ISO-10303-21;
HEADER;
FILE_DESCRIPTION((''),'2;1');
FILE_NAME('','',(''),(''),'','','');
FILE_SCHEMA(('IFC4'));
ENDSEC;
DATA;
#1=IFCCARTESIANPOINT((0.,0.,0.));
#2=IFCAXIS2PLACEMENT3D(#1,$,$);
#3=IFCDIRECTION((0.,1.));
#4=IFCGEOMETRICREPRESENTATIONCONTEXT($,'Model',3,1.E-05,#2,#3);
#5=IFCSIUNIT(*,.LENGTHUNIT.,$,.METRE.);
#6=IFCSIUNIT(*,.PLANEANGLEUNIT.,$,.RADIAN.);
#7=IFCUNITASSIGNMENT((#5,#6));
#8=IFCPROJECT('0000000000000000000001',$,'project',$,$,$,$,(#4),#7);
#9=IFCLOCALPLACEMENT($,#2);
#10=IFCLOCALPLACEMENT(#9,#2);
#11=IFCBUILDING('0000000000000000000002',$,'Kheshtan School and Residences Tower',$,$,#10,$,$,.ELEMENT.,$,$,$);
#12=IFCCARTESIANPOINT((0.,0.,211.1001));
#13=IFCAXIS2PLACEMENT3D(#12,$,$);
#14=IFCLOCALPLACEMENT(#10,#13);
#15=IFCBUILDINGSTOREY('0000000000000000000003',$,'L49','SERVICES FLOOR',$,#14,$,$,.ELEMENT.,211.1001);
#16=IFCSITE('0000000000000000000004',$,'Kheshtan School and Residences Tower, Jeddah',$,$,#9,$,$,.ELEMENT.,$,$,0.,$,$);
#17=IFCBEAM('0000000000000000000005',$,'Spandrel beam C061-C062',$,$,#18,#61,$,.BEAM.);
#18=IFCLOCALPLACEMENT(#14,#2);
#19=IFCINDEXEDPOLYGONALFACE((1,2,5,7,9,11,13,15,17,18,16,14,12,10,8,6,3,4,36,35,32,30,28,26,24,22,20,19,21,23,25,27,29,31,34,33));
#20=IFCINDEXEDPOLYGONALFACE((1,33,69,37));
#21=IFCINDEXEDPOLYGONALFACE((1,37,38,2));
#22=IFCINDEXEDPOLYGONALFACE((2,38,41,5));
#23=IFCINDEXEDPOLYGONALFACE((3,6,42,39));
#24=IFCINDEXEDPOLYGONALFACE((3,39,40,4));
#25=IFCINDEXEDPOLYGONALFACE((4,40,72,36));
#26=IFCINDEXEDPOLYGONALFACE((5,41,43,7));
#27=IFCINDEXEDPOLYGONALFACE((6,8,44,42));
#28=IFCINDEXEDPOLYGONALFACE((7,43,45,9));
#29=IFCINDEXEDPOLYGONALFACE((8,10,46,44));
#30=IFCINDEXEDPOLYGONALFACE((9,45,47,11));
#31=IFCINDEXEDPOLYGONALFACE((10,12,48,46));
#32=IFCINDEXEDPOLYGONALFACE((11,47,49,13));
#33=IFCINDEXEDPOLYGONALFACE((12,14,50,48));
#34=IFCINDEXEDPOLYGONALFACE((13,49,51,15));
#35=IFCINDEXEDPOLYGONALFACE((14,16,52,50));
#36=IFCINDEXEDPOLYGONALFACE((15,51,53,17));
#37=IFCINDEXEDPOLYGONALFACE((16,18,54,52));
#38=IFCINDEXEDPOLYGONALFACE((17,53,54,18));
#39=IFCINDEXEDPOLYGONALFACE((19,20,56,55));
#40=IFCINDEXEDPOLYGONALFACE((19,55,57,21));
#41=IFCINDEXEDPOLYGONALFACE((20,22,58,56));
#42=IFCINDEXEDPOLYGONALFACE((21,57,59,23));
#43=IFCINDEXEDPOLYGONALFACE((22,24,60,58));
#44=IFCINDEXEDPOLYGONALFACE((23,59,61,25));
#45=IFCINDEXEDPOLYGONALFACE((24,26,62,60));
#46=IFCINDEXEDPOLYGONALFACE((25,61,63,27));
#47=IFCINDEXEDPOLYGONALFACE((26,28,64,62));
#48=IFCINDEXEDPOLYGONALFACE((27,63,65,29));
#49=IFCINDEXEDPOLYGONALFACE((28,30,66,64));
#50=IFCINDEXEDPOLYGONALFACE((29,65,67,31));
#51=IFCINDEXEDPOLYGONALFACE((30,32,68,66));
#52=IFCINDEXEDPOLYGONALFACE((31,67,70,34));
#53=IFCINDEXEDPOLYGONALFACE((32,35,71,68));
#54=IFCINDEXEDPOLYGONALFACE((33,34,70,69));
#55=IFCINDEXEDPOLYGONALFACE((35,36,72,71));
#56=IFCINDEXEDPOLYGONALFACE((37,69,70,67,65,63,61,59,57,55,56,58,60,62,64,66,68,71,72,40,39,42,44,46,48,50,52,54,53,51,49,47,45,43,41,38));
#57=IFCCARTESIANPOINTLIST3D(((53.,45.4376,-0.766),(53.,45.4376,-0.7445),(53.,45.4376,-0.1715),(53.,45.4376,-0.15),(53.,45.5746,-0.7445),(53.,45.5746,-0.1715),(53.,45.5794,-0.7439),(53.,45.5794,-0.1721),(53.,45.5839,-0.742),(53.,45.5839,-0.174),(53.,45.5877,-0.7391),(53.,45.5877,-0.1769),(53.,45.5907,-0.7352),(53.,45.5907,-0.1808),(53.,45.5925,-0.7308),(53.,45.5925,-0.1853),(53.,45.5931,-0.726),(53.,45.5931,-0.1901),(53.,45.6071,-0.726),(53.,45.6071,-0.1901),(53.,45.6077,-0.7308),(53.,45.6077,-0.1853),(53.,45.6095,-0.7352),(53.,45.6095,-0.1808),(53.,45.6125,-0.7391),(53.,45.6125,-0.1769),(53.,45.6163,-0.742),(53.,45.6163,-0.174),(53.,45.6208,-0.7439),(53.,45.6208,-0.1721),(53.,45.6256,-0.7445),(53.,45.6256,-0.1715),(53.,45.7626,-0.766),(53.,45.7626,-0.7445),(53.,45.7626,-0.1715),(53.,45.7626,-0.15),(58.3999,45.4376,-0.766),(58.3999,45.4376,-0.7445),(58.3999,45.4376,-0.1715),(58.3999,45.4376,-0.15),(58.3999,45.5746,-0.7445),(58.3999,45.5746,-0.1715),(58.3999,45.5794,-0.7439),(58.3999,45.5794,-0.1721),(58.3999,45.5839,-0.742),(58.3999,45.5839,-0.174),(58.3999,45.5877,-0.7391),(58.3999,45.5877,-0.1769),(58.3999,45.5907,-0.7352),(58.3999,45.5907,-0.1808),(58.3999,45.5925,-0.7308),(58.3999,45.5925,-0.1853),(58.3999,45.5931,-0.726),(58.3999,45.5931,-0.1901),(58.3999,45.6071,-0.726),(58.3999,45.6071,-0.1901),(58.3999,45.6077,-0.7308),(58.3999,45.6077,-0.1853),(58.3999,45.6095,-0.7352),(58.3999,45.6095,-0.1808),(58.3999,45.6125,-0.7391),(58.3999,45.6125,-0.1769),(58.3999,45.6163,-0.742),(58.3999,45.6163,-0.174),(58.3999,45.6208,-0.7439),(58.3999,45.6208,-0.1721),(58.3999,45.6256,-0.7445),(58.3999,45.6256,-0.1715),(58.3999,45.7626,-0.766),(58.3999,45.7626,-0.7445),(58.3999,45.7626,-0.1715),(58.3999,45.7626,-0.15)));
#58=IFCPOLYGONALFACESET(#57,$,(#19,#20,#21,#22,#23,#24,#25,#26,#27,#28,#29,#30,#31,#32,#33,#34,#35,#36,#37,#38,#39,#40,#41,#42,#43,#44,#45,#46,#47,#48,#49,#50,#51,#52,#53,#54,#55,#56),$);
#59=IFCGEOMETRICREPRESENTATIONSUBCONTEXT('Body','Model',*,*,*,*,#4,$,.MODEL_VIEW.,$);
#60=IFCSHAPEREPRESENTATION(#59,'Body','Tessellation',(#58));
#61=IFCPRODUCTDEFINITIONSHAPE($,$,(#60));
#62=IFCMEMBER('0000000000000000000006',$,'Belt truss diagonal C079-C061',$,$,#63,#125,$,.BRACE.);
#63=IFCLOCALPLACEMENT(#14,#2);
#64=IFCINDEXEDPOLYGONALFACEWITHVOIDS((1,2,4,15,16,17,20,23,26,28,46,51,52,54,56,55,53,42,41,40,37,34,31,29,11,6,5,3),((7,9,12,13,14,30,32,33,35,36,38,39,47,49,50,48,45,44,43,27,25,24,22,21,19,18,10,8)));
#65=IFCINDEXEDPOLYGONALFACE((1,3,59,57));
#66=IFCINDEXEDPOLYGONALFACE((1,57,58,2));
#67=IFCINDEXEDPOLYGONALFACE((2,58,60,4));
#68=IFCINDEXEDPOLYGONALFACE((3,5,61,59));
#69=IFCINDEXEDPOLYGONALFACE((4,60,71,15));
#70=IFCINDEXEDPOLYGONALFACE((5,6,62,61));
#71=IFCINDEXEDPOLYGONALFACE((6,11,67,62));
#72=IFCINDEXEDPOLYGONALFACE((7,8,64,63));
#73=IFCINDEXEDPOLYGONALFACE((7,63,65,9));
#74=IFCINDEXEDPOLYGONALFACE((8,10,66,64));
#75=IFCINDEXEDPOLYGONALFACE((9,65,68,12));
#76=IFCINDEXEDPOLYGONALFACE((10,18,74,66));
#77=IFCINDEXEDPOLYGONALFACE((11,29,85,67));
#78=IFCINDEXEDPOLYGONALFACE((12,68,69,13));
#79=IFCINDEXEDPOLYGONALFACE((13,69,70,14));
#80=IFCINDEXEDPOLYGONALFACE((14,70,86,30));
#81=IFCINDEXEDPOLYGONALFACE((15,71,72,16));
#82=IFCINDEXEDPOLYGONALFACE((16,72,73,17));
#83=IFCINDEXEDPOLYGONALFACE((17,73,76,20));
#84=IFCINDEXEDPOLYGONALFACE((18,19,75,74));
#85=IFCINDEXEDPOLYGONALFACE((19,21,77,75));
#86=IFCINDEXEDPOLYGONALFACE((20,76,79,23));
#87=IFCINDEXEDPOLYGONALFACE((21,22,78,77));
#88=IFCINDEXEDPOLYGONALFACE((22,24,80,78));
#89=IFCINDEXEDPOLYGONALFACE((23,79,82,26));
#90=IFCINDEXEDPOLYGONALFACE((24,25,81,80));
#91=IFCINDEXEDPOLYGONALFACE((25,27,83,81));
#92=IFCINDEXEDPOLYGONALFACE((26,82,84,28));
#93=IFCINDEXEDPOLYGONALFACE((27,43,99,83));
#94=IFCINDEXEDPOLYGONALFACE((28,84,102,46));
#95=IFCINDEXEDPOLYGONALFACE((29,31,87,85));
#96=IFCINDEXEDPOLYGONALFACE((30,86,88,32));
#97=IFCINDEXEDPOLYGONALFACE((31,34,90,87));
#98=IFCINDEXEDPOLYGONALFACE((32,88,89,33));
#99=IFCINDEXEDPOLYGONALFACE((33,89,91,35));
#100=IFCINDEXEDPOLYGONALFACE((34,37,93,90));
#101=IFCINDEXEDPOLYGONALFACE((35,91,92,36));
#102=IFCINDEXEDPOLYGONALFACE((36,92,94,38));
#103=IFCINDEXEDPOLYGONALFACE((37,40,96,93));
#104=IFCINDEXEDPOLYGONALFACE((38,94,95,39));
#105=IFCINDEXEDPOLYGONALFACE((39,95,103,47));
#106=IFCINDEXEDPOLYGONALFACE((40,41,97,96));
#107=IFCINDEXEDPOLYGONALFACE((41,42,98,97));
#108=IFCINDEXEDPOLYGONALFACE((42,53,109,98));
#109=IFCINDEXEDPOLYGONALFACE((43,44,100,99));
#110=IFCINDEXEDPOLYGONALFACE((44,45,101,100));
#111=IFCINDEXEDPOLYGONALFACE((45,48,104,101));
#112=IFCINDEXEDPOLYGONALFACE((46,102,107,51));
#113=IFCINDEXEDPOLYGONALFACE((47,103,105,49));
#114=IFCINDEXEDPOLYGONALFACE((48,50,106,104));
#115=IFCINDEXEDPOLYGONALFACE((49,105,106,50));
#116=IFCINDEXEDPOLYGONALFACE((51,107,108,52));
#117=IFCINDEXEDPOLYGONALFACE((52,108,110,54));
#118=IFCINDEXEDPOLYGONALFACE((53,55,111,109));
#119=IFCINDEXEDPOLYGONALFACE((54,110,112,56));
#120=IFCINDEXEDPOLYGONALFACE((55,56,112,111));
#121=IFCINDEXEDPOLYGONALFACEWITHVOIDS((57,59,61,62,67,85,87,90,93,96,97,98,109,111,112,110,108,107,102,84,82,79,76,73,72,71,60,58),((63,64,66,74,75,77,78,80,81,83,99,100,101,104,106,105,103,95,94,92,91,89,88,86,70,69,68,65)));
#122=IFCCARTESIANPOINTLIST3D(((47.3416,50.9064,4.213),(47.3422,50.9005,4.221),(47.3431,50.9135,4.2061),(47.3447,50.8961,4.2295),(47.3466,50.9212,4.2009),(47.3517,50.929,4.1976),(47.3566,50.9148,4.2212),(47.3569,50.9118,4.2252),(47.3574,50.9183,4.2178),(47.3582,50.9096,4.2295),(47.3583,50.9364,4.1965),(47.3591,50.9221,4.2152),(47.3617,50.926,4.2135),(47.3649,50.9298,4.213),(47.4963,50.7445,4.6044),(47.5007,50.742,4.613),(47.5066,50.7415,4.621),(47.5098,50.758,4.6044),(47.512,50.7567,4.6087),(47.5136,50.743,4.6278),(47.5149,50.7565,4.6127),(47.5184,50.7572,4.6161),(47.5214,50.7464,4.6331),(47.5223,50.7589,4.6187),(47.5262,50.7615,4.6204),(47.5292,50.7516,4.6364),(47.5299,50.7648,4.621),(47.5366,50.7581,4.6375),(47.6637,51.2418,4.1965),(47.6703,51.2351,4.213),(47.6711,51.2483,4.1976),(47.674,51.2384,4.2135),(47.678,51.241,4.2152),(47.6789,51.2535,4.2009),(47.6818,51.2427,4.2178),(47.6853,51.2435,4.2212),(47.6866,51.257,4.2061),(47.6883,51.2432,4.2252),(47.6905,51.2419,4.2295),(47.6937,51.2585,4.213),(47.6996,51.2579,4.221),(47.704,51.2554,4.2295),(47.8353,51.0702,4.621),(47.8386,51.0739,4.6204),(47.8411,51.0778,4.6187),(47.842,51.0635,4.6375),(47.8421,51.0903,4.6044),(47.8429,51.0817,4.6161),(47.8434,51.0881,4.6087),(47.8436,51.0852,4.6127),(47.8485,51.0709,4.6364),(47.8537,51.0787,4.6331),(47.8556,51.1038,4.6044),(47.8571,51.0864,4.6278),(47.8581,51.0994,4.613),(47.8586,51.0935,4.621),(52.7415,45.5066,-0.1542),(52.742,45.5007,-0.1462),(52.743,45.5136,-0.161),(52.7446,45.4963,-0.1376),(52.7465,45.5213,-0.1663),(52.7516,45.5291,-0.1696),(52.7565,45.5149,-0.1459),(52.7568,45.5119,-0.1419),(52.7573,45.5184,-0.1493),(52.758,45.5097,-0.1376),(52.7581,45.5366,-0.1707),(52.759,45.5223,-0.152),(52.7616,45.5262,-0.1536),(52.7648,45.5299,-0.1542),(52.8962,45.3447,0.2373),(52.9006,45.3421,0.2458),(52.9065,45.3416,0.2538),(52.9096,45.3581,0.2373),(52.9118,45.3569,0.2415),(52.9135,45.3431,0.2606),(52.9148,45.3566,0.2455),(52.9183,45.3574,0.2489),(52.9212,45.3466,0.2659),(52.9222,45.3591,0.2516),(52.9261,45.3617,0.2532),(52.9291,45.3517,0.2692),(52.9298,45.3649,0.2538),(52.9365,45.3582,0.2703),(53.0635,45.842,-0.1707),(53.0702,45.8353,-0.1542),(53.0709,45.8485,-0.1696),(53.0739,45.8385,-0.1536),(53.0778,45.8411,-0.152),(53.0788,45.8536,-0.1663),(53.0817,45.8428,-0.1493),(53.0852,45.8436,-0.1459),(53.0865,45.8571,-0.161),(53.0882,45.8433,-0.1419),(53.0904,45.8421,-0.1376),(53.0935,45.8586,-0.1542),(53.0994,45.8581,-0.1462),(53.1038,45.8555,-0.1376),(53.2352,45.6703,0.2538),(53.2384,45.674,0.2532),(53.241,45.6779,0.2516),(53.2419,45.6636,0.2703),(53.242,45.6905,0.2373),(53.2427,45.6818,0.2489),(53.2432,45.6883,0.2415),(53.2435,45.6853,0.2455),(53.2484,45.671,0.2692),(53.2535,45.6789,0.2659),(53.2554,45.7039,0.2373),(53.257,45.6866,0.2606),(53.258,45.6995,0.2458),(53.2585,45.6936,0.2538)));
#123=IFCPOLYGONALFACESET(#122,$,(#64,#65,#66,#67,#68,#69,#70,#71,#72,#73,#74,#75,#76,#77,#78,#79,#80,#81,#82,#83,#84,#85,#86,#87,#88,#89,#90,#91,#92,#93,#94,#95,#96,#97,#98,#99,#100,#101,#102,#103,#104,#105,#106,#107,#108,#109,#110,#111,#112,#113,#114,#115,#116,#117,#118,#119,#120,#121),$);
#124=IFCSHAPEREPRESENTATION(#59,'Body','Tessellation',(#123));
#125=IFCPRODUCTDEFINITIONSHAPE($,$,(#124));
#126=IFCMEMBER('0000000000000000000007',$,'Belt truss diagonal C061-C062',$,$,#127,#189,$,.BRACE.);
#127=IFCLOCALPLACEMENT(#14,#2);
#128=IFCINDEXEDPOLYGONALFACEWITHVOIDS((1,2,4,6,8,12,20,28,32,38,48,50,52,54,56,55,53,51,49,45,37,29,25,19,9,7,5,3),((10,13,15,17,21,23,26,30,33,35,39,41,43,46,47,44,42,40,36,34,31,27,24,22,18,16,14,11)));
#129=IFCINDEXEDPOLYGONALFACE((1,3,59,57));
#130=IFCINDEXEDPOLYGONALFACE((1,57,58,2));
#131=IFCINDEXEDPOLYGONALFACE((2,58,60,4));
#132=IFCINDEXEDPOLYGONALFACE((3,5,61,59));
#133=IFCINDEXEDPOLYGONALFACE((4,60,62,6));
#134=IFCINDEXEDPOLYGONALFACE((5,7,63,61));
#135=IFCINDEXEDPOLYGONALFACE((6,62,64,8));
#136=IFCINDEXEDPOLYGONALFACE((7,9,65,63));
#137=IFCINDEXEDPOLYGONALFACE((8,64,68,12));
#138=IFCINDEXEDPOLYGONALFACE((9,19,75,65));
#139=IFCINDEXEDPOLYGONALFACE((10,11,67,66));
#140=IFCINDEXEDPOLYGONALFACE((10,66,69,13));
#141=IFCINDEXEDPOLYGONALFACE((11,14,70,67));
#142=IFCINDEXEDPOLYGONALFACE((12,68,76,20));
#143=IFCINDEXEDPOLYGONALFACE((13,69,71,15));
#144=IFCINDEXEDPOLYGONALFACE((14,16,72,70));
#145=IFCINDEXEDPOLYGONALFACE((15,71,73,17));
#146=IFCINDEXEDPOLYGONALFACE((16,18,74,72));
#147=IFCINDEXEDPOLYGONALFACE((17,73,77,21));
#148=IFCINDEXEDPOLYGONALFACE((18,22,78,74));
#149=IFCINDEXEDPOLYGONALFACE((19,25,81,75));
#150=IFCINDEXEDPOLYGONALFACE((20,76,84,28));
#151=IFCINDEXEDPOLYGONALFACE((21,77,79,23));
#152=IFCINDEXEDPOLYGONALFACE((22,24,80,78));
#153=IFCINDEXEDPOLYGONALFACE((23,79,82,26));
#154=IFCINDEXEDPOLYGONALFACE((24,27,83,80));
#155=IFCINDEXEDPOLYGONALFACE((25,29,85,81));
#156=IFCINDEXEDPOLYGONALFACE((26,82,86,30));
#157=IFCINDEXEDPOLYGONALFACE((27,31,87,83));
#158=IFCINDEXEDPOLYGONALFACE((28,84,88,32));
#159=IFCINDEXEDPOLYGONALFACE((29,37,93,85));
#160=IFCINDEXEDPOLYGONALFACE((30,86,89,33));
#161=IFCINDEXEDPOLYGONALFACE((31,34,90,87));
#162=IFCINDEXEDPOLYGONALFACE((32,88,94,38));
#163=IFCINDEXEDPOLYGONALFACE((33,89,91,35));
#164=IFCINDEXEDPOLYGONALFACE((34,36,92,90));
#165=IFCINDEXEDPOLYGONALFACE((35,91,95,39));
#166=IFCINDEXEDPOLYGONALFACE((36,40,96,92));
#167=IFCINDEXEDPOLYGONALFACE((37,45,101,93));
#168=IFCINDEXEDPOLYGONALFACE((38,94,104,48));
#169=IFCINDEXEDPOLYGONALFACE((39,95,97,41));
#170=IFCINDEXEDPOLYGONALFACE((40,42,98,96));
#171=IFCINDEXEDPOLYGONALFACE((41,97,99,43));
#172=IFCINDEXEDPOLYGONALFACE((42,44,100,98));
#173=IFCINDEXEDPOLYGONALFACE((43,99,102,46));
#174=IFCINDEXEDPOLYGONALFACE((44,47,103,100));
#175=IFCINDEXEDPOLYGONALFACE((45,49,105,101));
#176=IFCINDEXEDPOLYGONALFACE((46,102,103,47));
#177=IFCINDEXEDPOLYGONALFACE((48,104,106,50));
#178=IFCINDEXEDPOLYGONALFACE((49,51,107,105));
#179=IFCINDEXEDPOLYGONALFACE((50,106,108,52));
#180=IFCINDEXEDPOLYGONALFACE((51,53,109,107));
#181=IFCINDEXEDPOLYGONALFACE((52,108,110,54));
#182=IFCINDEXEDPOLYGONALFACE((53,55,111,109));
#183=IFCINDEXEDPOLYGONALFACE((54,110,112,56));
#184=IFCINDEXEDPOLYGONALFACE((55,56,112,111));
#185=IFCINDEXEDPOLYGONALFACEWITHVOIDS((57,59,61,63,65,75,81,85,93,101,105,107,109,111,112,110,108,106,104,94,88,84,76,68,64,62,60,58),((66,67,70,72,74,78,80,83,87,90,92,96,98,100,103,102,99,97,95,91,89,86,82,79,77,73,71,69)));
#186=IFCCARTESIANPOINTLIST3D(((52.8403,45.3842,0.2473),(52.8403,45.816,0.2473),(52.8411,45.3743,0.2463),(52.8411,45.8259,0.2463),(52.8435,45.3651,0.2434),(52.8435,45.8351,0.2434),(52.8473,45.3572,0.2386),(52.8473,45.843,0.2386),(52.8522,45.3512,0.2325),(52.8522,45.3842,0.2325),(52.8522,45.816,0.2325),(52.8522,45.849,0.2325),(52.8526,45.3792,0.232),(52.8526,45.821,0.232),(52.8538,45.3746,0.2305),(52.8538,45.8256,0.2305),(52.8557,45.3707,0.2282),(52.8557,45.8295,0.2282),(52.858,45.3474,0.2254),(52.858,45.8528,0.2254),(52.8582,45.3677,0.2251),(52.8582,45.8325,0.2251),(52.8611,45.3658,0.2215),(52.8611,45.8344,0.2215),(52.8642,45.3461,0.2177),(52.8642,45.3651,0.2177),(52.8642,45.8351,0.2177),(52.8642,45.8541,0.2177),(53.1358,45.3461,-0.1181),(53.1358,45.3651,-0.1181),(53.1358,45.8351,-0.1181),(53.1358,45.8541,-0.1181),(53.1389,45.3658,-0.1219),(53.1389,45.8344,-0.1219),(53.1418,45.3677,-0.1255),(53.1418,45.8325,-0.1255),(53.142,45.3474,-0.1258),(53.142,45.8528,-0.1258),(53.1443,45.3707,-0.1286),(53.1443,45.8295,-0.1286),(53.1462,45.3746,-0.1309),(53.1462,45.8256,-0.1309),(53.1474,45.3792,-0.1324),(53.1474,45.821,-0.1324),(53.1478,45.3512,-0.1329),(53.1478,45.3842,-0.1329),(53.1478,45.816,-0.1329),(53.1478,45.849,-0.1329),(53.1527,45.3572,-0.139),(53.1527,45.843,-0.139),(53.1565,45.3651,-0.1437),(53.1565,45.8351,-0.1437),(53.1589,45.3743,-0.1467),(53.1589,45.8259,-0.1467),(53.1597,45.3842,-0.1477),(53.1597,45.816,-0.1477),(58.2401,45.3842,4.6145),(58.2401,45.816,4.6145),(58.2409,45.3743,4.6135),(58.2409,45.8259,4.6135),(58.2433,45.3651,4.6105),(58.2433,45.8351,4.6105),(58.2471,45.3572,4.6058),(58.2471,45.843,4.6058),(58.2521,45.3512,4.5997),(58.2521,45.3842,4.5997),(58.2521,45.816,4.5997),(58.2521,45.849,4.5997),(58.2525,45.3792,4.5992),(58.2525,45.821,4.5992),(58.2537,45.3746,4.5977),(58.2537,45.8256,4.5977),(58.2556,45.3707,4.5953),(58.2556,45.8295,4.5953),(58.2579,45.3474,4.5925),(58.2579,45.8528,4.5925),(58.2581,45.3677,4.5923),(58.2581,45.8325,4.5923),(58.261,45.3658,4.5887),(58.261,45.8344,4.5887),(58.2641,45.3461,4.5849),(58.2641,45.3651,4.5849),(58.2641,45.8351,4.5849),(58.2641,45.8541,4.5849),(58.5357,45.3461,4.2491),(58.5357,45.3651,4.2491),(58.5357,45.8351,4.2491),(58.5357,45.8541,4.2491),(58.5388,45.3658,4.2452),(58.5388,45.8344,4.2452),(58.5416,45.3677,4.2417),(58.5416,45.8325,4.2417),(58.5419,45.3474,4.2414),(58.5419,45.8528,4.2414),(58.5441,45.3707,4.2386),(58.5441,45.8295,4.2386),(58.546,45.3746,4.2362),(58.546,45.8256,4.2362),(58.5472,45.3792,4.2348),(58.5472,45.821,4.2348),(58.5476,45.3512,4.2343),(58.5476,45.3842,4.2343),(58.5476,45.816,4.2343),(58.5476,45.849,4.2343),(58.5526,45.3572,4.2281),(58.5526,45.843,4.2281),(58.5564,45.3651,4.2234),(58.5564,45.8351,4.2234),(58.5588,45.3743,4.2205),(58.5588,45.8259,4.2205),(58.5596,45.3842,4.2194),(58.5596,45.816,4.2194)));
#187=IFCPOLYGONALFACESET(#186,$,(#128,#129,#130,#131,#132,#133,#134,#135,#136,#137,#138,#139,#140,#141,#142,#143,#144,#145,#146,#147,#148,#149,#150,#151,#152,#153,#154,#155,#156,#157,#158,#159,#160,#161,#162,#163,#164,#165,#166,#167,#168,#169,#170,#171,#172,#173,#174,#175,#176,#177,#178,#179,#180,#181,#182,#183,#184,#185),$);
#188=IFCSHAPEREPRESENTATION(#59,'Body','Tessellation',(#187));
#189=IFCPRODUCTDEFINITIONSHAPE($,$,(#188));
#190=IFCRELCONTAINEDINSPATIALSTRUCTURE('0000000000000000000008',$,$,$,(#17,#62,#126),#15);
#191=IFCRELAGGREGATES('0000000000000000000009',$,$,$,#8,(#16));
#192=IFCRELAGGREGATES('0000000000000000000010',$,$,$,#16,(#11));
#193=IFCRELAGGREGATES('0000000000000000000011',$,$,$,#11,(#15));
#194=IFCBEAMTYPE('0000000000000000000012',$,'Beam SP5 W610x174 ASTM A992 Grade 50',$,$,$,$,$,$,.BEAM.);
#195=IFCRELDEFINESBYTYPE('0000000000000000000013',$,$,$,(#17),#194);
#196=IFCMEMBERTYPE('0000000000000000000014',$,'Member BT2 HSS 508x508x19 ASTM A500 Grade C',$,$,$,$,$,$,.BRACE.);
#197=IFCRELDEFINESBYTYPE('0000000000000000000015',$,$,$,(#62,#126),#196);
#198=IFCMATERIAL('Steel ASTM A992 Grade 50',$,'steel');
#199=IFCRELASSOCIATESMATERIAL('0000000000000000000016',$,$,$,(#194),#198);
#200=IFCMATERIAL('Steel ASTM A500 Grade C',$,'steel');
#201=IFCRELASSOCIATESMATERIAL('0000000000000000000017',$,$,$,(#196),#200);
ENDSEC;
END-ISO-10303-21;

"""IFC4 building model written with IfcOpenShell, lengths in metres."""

from ifc_helpers import new_model, si_unit, direction, frame, origin, origin_2d, place, context, subcontext, project, spatial, hollow_rectangle, i_section, extrude, material, material_profile, profile_set, type_object, element, save


model = new_model("IFC4")

# Units and contexts
model_context = context("Model", 3, precision=1e-05, world=origin(), true_north=direction((0.0, 1.0)))
body_context = subcontext(model_context, "Body", "Model", "MODEL_VIEW")
ifc_project = project(units=[si_unit("LENGTHUNIT", "METRE"), si_unit("PLANEANGLEUNIT", "RADIAN")], contexts=[model_context])

# Site, building, storey
site_placement = place(None, origin())
site = spatial("IfcSite", under=ifc_project, at=site_placement, Name="Kheshtan School and Residences Tower, Jeddah", CompositionType="ELEMENT", RefElevation=0.0)
building_placement = place(site_placement, origin())
building = spatial("IfcBuilding", under=site, at=building_placement, Name="Kheshtan School and Residences Tower", CompositionType="ELEMENT")
storey_placement = place(building_placement, frame((0.0, 0.0, 211.1001)))
storey = spatial("IfcBuildingStorey", under=building, at=storey_placement, Name="L49", Description="SERVICES FLOOR", CompositionType="ELEMENT", Elevation=211.1001)

# Shared definitions
ifc_material_1 = material(Name="Steel ASTM A992 Grade 50", Category="steel")
ifc_material_2 = material(Name="Steel ASTM A500 Grade C", Category="steel")

# Beam
ifc_material_profile_1 = material_profile(ifc_material_1, i_section(OverallWidth=0.325, OverallDepth=0.616, WebThickness=0.0139, FlangeThickness=0.0215, FilletRadius=0.0186, at=origin_2d()), Name="W610x174")
ifc_profile_set_1 = profile_set([ifc_material_profile_1], Name="Steel ASTM A992 Grade 50")
beam_type_1 = type_object("IfcBeamType", Name="Beam SP5 W610x174 ASTM A992 Grade 50", PredefinedType="BEAM", material=ifc_profile_set_1)
beam_1_placement = place(storey_placement, frame((53.0, 45.6001, -0.458), z_axis=(1.0, 0.0, 0.0), x_axis=(0.0, 1.0, 0.0)))
element("IfcBeam", 1, at=beam_1_placement, inside=storey, type_object=beam_type_1, Name="Spandrel beam C061-C062", PredefinedType="BEAM", context=body_context, shape_type="SweptSolid", body=[
    extrude(i_section(OverallWidth=0.325, OverallDepth=0.616, WebThickness=0.0139, FlangeThickness=0.0215, FilletRadius=0.0186, at=origin_2d()), origin(), (0.0, 0.0, 1.0), 5.3999),
])

# Members
ifc_material_profile_2 = material_profile(ifc_material_2, hollow_rectangle(XDim=0.5081, YDim=0.5081, WallThickness=0.019, InnerFilletRadius=0.019, OuterFilletRadius=0.0381, at=origin_2d()), Name="HSS 508x508x19")
ifc_profile_set_2 = profile_set([ifc_material_profile_2], Name="Steel ASTM A500 Grade C")
member_type = type_object("IfcMemberType", Name="Member BT2 HSS 508x508x19 ASTM A500 Grade C", PredefinedType="BRACE", material=ifc_profile_set_2)
member_1_placement = place(storey_placement, frame((53.0, 45.6001, 0.0498), z_axis=(-0.613823, 0.613823, 0.496431), x_axis=(-0.707107, -0.707107, 0.0)))
element("IfcMember", 2, at=member_1_placement, inside=storey, type_object=member_type, Name="Belt truss diagonal C079-C061", PredefinedType="BRACE", context=body_context, shape_type="SweptSolid", body=[
    extrude(hollow_rectangle(XDim=0.5081, YDim=0.5081, WallThickness=0.019, InnerFilletRadius=0.019, OuterFilletRadius=0.0381, at=origin_2d()), origin(), (0.0, 0.0, 1.0), 8.7971),
])
member_2_placement = place(storey_placement, frame((53.0, 45.6001, 0.0498), z_axis=(0.777538, 0.0, 0.628836), x_axis=(0.0, 1.0, 0.0)))
element("IfcMember", 3, at=member_2_placement, inside=storey, type_object=member_type, Name="Belt truss diagonal C061-C062", PredefinedType="BRACE", context=body_context, shape_type="SweptSolid", body=[
    extrude(hollow_rectangle(XDim=0.5081, YDim=0.5081, WallThickness=0.019, InnerFilletRadius=0.019, OuterFilletRadius=0.0381, at=origin_2d()), origin(), (0.0, 0.0, 1.0), 6.9448),
])

save(model, "model.ifc")
